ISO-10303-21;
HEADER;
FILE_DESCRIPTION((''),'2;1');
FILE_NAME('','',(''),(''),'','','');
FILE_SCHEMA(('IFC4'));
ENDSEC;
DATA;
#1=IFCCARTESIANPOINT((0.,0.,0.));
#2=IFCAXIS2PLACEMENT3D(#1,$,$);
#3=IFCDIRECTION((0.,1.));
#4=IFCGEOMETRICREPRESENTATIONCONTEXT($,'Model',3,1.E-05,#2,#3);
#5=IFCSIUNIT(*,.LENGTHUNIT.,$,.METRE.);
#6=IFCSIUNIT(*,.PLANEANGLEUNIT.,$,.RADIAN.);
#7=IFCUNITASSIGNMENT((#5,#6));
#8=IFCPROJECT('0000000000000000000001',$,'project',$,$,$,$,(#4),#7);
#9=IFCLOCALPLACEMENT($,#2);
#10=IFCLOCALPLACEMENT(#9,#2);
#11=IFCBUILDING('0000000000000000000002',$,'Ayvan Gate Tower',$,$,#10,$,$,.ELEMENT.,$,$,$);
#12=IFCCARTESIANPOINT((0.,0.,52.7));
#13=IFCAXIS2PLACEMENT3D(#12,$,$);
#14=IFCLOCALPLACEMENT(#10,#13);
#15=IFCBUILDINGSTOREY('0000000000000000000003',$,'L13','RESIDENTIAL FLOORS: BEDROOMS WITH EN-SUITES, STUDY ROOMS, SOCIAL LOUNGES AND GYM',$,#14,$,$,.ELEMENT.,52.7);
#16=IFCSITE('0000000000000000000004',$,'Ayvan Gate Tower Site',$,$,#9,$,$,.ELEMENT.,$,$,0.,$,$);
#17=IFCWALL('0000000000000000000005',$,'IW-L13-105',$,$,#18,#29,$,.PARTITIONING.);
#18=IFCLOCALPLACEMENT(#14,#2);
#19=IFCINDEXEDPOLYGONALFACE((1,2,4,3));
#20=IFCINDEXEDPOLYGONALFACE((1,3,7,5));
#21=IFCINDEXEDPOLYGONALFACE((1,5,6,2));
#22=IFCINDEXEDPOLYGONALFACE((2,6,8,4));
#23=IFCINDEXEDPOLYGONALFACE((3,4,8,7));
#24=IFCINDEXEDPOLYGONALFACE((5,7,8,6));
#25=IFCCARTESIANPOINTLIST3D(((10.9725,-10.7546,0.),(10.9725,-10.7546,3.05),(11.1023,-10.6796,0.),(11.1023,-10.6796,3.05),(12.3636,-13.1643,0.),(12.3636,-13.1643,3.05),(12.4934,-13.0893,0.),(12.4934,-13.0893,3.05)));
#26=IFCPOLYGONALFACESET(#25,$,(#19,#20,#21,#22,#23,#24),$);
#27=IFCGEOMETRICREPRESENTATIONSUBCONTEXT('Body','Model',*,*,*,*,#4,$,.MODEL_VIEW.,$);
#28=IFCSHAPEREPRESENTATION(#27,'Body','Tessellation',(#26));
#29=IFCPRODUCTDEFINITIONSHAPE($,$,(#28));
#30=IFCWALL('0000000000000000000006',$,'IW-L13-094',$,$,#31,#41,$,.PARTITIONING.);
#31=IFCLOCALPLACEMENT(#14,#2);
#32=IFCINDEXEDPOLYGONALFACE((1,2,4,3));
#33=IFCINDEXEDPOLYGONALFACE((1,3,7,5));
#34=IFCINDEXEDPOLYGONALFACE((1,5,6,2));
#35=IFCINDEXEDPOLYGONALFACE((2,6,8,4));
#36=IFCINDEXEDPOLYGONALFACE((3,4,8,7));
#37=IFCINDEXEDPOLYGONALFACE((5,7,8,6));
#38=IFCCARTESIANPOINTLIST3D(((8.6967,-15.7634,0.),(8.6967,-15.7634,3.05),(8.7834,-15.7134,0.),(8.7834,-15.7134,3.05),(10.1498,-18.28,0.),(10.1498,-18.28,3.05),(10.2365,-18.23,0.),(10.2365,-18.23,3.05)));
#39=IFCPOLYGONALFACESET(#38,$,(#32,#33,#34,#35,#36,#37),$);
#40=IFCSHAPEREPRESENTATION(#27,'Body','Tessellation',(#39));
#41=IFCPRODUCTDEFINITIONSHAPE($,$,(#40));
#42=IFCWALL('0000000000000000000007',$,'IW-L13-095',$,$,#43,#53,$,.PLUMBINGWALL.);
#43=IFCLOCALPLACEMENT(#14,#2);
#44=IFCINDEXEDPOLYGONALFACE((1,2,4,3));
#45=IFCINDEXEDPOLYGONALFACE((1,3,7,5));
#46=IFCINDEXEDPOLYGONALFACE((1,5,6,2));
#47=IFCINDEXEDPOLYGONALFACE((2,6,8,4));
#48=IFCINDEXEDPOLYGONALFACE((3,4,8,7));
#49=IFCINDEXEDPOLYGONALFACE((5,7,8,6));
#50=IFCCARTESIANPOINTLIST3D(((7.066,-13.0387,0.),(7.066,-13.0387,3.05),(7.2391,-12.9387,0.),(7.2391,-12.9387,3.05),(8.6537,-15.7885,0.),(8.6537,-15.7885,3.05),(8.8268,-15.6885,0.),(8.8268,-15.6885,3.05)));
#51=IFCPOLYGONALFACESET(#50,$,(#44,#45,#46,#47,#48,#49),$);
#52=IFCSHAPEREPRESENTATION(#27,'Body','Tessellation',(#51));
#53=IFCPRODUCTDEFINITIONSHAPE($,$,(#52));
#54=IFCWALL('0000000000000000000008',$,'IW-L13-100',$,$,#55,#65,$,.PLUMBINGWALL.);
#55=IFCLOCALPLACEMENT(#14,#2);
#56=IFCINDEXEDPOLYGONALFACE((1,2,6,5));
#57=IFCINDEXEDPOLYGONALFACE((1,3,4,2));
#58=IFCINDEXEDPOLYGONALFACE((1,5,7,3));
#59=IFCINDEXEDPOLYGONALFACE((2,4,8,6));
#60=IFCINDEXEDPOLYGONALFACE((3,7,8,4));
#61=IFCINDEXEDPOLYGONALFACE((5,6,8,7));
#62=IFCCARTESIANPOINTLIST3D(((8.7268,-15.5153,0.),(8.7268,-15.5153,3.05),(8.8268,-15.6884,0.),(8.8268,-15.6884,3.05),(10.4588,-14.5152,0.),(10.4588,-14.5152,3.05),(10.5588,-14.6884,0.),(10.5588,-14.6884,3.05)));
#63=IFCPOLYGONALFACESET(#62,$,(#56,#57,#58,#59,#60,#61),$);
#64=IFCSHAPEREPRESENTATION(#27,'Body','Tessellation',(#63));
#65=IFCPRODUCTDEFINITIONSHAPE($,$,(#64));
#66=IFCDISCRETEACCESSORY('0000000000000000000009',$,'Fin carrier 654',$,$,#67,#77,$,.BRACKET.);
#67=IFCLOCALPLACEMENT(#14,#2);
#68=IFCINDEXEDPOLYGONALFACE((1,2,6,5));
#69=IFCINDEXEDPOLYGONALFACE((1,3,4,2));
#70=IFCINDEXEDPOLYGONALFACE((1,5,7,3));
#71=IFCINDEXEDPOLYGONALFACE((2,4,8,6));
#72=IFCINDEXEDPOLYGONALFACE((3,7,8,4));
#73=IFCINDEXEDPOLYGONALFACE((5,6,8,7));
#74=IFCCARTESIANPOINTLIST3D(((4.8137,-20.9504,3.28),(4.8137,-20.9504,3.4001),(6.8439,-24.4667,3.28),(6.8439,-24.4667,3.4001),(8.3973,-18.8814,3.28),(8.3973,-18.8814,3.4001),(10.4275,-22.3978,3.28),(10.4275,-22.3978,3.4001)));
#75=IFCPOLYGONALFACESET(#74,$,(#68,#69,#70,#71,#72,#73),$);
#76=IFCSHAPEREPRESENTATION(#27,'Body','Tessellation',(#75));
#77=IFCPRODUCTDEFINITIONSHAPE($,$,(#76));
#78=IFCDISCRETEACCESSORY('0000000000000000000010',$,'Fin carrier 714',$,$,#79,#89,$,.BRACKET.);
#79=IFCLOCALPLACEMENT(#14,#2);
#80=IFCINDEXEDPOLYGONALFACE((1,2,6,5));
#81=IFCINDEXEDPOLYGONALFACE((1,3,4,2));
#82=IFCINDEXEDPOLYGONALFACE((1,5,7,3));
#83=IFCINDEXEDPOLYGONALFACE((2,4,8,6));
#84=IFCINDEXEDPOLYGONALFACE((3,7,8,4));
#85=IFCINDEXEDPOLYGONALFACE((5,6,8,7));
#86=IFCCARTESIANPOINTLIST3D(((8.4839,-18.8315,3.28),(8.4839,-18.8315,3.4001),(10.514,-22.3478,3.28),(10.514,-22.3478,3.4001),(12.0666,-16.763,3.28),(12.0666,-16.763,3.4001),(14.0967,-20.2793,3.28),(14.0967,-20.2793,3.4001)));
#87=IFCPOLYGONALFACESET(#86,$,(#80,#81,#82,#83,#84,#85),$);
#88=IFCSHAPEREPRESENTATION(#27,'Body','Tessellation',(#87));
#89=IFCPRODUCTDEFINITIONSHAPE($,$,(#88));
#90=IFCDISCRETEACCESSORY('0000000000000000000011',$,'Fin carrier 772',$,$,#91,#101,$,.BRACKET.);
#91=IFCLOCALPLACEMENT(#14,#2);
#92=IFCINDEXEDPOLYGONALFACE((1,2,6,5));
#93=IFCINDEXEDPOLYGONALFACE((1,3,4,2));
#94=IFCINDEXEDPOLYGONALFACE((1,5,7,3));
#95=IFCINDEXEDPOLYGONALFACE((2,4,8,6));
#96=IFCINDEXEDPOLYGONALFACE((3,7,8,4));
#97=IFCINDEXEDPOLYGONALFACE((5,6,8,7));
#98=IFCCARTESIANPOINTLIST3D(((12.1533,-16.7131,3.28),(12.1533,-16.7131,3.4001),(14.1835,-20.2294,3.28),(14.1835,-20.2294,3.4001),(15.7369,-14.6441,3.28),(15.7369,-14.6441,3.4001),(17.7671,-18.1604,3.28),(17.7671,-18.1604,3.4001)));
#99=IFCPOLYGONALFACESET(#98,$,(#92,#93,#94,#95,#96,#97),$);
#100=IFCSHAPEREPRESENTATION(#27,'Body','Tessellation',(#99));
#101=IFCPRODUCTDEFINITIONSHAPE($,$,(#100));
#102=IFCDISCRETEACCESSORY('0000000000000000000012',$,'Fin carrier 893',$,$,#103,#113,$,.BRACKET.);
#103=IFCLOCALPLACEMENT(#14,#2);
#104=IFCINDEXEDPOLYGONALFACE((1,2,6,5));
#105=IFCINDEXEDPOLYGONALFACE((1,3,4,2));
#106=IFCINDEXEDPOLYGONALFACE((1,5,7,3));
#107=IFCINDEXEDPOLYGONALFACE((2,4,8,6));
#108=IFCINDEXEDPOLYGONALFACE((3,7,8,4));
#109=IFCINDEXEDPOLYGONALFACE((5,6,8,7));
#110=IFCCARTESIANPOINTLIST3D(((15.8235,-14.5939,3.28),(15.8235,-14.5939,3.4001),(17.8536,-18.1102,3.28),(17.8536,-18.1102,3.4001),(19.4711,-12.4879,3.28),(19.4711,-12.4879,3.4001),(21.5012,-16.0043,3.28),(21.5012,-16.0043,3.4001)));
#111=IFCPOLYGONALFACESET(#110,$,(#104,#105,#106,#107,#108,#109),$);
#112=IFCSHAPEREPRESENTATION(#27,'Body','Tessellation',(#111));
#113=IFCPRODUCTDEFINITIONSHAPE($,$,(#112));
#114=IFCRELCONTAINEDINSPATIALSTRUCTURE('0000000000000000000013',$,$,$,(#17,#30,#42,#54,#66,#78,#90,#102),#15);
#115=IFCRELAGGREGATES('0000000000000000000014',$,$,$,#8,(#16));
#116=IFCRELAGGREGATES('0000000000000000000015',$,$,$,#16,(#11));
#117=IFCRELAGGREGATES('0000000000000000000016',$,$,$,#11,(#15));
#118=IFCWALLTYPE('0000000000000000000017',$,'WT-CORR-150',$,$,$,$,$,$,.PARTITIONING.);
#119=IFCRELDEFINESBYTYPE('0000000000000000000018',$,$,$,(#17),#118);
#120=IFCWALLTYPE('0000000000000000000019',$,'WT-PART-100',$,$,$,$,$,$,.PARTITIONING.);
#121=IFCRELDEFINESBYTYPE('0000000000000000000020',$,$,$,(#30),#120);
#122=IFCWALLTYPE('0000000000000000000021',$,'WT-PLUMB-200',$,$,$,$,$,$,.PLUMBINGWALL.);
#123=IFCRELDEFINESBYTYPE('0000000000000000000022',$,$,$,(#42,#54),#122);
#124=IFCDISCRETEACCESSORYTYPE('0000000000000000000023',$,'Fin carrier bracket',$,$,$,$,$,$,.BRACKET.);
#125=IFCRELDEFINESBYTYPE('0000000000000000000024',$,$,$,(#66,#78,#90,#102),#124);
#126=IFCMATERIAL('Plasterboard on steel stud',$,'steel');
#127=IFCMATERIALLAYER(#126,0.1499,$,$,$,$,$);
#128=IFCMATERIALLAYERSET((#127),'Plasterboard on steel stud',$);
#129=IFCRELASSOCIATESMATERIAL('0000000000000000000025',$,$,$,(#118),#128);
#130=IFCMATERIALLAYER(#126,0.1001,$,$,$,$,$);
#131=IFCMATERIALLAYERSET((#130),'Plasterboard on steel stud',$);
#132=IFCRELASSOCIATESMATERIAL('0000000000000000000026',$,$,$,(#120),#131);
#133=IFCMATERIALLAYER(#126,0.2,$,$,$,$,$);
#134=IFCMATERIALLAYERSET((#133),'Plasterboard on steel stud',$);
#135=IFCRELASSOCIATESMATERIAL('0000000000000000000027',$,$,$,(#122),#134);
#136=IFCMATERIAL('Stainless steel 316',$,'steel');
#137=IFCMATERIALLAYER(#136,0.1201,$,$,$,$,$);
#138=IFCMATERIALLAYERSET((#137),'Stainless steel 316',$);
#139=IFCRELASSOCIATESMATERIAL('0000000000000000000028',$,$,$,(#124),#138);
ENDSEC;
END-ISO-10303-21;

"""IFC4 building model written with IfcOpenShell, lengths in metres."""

from ifc_helpers import new_model, si_unit, direction, frame, frame_2d, origin, origin_2d, place, context, subcontext, project, spatial, rectangle, extrude, material, layer, layer_set, type_object, element, save


model = new_model("IFC4")

# Units and contexts
model_context = context("Model", 3, precision=1e-05, world=origin(), true_north=direction((0.0, 1.0)))
body_context = subcontext(model_context, "Body", "Model", "MODEL_VIEW")
ifc_project = project(units=[si_unit("LENGTHUNIT", "METRE"), si_unit("PLANEANGLEUNIT", "RADIAN")], contexts=[model_context])

# Site, building, storey
site_placement = place(None, origin())
site = spatial("IfcSite", under=ifc_project, at=site_placement, Name="Ayvan Gate Tower Site", CompositionType="ELEMENT", RefElevation=0.0)
building_placement = place(site_placement, origin())
building = spatial("IfcBuilding", under=site, at=building_placement, Name="Ayvan Gate Tower", CompositionType="ELEMENT")
storey_placement = place(building_placement, frame((0.0, 0.0, 52.7)))
storey = spatial("IfcBuildingStorey", under=building, at=storey_placement, Name="L13", Description="RESIDENTIAL FLOORS: BEDROOMS WITH EN-SUITES, STUDY ROOMS, SOCIAL LOUNGES AND GYM", CompositionType="ELEMENT", Elevation=52.7)

# Walls
ifc_material_1 = material(Name="Plasterboard on steel stud", Category="steel")
ifc_layer_1 = layer(ifc_material_1, 0.1499)
ifc_layer_set_1 = layer_set([ifc_layer_1], Name="Plasterboard on steel stud")
wall_type_1 = type_object("IfcWallType", Name="WT-CORR-150", PredefinedType="PARTITIONING", material=ifc_layer_set_1)
wall_1_placement = place(storey_placement, frame((12.4285, -13.1267, 0.0), z_axis=(0.0, 0.0, 1.0), x_axis=(-0.499971, 0.866042, 0.0)))
element("IfcWall", 1, at=wall_1_placement, inside=storey, type_object=wall_type_1, Name="IW-L13-105", PredefinedType="PARTITIONING", context=body_context, shape_type="SweptSolid", body=[
    extrude(rectangle(XDim=2.7825, YDim=0.1499, at=frame_2d((1.3911, 0.0))), origin(), (0.0, 0.0, 1.0), 3.05),
])
ifc_layer_2 = layer(ifc_material_1, 0.1001)
ifc_layer_set_2 = layer_set([ifc_layer_2], Name="Plasterboard on steel stud")
wall_type_2 = type_object("IfcWallType", Name="WT-PART-100", PredefinedType="PARTITIONING", material=ifc_layer_set_2)
wall_2_placement = place(storey_placement, frame((8.74, -15.7383, 0.0), z_axis=(0.0, 0.0, 1.0), x_axis=(0.500042, -0.866001, 0.0)))
element("IfcWall", 2, at=wall_2_placement, inside=storey, type_object=wall_type_2, Name="IW-L13-094", PredefinedType="PARTITIONING", context=body_context, shape_type="SweptSolid", body=[
    extrude(rectangle(XDim=2.906, YDim=0.1001, at=frame_2d((1.4531, 0.0))), origin(), (0.0, 0.0, 1.0), 3.05),
])
ifc_layer_3 = layer(ifc_material_1, 0.2)
ifc_layer_set_3 = layer_set([ifc_layer_3], Name="Plasterboard on steel stud")
wall_type_3 = type_object("IfcWallType", Name="WT-PLUMB-200", PredefinedType="PLUMBINGWALL", material=ifc_layer_set_3)
wall_3_placement = place(storey_placement, frame((8.7402, -15.7385, 0.0), z_axis=(0.0, 0.0, 1.0), x_axis=(-0.500018, 0.866015, 0.0)))
element("IfcWall", 3, at=wall_3_placement, inside=storey, type_object=wall_type_3, Name="IW-L13-095", PredefinedType="PLUMBINGWALL", context=body_context, shape_type="SweptSolid", body=[
    extrude(rectangle(XDim=3.1753, YDim=0.2, at=frame_2d((1.5876, 0.0))), origin(), (0.0, 0.0, 1.0), 3.05),
])
wall_4_placement = place(storey_placement, frame((10.5088, -14.6018, 0.0), z_axis=(0.0, 0.0, 1.0), x_axis=(-0.866011, -0.500025, 0.0)))
element("IfcWall", 4, at=wall_4_placement, inside=storey, type_object=wall_type_3, Name="IW-L13-100", PredefinedType="PLUMBINGWALL", context=body_context, shape_type="SweptSolid", body=[
    extrude(rectangle(XDim=2.0, YDim=0.2, at=frame_2d((1.0, 0.0))), origin(), (0.0, 0.0, 1.0), 3.05),
])

# Discrete accessories
ifc_material_2 = material(Name="Stainless steel 316", Category="steel")
ifc_layer_4 = layer(ifc_material_2, 0.1201)
ifc_layer_set_4 = layer_set([ifc_layer_4], Name="Stainless steel 316")
discrete_accessory_type = type_object("IfcDiscreteAccessoryType", Name="Fin carrier bracket", PredefinedType="BRACKET", material=ifc_layer_set_4)
discrete_accessory_1_placement = place(storey_placement, frame((7.6206, -21.6741, 3.28), z_axis=(0.0, 0.0, 1.0), x_axis=(0.866025, 0.5, 0.0)))
element("IfcDiscreteAccessory", 5, at=discrete_accessory_1_placement, inside=storey, type_object=discrete_accessory_type, Name="Fin carrier 654", PredefinedType="BRACKET", context=body_context, shape_type="SweptSolid", body=[
    extrude(rectangle(XDim=4.1379, YDim=4.0603, at=origin_2d()), origin(), (0.0, 0.0, 1.0), 0.1201),
])
discrete_accessory_2_placement = place(storey_placement, frame((11.2903, -19.5554, 3.28), z_axis=(0.0, 0.0, 1.0), x_axis=(0.866025, 0.5, 0.0)))
element("IfcDiscreteAccessory", 6, at=discrete_accessory_2_placement, inside=storey, type_object=discrete_accessory_type, Name="Fin carrier 714", PredefinedType="BRACKET", context=body_context, shape_type="SweptSolid", body=[
    extrude(rectangle(XDim=4.137, YDim=4.0603, at=origin_2d()), origin(), (0.0, 0.0, 1.0), 0.1201),
])
discrete_accessory_3_placement = place(storey_placement, frame((14.9602, -17.4368, 3.28), z_axis=(0.0, 0.0, 1.0), x_axis=(0.866025, 0.5, 0.0)))
element("IfcDiscreteAccessory", 7, at=discrete_accessory_3_placement, inside=storey, type_object=discrete_accessory_type, Name="Fin carrier 772", PredefinedType="BRACKET", context=body_context, shape_type="SweptSolid", body=[
    extrude(rectangle(XDim=4.1379, YDim=4.0603, at=origin_2d()), origin(), (0.0, 0.0, 1.0), 0.1201),
])
discrete_accessory_4_placement = place(storey_placement, frame((18.6624, -15.2991, 3.28), z_axis=(0.0, 0.0, 1.0), x_axis=(0.866025, 0.5, 0.0)))
element("IfcDiscreteAccessory", 8, at=discrete_accessory_4_placement, inside=storey, type_object=discrete_accessory_type, Name="Fin carrier 893", PredefinedType="BRACKET", context=body_context, shape_type="SweptSolid", body=[
    extrude(rectangle(XDim=4.2119, YDim=4.0603, at=origin_2d()), origin(), (0.0, 0.0, 1.0), 0.1201),
])

save(model, "model.ifc")
